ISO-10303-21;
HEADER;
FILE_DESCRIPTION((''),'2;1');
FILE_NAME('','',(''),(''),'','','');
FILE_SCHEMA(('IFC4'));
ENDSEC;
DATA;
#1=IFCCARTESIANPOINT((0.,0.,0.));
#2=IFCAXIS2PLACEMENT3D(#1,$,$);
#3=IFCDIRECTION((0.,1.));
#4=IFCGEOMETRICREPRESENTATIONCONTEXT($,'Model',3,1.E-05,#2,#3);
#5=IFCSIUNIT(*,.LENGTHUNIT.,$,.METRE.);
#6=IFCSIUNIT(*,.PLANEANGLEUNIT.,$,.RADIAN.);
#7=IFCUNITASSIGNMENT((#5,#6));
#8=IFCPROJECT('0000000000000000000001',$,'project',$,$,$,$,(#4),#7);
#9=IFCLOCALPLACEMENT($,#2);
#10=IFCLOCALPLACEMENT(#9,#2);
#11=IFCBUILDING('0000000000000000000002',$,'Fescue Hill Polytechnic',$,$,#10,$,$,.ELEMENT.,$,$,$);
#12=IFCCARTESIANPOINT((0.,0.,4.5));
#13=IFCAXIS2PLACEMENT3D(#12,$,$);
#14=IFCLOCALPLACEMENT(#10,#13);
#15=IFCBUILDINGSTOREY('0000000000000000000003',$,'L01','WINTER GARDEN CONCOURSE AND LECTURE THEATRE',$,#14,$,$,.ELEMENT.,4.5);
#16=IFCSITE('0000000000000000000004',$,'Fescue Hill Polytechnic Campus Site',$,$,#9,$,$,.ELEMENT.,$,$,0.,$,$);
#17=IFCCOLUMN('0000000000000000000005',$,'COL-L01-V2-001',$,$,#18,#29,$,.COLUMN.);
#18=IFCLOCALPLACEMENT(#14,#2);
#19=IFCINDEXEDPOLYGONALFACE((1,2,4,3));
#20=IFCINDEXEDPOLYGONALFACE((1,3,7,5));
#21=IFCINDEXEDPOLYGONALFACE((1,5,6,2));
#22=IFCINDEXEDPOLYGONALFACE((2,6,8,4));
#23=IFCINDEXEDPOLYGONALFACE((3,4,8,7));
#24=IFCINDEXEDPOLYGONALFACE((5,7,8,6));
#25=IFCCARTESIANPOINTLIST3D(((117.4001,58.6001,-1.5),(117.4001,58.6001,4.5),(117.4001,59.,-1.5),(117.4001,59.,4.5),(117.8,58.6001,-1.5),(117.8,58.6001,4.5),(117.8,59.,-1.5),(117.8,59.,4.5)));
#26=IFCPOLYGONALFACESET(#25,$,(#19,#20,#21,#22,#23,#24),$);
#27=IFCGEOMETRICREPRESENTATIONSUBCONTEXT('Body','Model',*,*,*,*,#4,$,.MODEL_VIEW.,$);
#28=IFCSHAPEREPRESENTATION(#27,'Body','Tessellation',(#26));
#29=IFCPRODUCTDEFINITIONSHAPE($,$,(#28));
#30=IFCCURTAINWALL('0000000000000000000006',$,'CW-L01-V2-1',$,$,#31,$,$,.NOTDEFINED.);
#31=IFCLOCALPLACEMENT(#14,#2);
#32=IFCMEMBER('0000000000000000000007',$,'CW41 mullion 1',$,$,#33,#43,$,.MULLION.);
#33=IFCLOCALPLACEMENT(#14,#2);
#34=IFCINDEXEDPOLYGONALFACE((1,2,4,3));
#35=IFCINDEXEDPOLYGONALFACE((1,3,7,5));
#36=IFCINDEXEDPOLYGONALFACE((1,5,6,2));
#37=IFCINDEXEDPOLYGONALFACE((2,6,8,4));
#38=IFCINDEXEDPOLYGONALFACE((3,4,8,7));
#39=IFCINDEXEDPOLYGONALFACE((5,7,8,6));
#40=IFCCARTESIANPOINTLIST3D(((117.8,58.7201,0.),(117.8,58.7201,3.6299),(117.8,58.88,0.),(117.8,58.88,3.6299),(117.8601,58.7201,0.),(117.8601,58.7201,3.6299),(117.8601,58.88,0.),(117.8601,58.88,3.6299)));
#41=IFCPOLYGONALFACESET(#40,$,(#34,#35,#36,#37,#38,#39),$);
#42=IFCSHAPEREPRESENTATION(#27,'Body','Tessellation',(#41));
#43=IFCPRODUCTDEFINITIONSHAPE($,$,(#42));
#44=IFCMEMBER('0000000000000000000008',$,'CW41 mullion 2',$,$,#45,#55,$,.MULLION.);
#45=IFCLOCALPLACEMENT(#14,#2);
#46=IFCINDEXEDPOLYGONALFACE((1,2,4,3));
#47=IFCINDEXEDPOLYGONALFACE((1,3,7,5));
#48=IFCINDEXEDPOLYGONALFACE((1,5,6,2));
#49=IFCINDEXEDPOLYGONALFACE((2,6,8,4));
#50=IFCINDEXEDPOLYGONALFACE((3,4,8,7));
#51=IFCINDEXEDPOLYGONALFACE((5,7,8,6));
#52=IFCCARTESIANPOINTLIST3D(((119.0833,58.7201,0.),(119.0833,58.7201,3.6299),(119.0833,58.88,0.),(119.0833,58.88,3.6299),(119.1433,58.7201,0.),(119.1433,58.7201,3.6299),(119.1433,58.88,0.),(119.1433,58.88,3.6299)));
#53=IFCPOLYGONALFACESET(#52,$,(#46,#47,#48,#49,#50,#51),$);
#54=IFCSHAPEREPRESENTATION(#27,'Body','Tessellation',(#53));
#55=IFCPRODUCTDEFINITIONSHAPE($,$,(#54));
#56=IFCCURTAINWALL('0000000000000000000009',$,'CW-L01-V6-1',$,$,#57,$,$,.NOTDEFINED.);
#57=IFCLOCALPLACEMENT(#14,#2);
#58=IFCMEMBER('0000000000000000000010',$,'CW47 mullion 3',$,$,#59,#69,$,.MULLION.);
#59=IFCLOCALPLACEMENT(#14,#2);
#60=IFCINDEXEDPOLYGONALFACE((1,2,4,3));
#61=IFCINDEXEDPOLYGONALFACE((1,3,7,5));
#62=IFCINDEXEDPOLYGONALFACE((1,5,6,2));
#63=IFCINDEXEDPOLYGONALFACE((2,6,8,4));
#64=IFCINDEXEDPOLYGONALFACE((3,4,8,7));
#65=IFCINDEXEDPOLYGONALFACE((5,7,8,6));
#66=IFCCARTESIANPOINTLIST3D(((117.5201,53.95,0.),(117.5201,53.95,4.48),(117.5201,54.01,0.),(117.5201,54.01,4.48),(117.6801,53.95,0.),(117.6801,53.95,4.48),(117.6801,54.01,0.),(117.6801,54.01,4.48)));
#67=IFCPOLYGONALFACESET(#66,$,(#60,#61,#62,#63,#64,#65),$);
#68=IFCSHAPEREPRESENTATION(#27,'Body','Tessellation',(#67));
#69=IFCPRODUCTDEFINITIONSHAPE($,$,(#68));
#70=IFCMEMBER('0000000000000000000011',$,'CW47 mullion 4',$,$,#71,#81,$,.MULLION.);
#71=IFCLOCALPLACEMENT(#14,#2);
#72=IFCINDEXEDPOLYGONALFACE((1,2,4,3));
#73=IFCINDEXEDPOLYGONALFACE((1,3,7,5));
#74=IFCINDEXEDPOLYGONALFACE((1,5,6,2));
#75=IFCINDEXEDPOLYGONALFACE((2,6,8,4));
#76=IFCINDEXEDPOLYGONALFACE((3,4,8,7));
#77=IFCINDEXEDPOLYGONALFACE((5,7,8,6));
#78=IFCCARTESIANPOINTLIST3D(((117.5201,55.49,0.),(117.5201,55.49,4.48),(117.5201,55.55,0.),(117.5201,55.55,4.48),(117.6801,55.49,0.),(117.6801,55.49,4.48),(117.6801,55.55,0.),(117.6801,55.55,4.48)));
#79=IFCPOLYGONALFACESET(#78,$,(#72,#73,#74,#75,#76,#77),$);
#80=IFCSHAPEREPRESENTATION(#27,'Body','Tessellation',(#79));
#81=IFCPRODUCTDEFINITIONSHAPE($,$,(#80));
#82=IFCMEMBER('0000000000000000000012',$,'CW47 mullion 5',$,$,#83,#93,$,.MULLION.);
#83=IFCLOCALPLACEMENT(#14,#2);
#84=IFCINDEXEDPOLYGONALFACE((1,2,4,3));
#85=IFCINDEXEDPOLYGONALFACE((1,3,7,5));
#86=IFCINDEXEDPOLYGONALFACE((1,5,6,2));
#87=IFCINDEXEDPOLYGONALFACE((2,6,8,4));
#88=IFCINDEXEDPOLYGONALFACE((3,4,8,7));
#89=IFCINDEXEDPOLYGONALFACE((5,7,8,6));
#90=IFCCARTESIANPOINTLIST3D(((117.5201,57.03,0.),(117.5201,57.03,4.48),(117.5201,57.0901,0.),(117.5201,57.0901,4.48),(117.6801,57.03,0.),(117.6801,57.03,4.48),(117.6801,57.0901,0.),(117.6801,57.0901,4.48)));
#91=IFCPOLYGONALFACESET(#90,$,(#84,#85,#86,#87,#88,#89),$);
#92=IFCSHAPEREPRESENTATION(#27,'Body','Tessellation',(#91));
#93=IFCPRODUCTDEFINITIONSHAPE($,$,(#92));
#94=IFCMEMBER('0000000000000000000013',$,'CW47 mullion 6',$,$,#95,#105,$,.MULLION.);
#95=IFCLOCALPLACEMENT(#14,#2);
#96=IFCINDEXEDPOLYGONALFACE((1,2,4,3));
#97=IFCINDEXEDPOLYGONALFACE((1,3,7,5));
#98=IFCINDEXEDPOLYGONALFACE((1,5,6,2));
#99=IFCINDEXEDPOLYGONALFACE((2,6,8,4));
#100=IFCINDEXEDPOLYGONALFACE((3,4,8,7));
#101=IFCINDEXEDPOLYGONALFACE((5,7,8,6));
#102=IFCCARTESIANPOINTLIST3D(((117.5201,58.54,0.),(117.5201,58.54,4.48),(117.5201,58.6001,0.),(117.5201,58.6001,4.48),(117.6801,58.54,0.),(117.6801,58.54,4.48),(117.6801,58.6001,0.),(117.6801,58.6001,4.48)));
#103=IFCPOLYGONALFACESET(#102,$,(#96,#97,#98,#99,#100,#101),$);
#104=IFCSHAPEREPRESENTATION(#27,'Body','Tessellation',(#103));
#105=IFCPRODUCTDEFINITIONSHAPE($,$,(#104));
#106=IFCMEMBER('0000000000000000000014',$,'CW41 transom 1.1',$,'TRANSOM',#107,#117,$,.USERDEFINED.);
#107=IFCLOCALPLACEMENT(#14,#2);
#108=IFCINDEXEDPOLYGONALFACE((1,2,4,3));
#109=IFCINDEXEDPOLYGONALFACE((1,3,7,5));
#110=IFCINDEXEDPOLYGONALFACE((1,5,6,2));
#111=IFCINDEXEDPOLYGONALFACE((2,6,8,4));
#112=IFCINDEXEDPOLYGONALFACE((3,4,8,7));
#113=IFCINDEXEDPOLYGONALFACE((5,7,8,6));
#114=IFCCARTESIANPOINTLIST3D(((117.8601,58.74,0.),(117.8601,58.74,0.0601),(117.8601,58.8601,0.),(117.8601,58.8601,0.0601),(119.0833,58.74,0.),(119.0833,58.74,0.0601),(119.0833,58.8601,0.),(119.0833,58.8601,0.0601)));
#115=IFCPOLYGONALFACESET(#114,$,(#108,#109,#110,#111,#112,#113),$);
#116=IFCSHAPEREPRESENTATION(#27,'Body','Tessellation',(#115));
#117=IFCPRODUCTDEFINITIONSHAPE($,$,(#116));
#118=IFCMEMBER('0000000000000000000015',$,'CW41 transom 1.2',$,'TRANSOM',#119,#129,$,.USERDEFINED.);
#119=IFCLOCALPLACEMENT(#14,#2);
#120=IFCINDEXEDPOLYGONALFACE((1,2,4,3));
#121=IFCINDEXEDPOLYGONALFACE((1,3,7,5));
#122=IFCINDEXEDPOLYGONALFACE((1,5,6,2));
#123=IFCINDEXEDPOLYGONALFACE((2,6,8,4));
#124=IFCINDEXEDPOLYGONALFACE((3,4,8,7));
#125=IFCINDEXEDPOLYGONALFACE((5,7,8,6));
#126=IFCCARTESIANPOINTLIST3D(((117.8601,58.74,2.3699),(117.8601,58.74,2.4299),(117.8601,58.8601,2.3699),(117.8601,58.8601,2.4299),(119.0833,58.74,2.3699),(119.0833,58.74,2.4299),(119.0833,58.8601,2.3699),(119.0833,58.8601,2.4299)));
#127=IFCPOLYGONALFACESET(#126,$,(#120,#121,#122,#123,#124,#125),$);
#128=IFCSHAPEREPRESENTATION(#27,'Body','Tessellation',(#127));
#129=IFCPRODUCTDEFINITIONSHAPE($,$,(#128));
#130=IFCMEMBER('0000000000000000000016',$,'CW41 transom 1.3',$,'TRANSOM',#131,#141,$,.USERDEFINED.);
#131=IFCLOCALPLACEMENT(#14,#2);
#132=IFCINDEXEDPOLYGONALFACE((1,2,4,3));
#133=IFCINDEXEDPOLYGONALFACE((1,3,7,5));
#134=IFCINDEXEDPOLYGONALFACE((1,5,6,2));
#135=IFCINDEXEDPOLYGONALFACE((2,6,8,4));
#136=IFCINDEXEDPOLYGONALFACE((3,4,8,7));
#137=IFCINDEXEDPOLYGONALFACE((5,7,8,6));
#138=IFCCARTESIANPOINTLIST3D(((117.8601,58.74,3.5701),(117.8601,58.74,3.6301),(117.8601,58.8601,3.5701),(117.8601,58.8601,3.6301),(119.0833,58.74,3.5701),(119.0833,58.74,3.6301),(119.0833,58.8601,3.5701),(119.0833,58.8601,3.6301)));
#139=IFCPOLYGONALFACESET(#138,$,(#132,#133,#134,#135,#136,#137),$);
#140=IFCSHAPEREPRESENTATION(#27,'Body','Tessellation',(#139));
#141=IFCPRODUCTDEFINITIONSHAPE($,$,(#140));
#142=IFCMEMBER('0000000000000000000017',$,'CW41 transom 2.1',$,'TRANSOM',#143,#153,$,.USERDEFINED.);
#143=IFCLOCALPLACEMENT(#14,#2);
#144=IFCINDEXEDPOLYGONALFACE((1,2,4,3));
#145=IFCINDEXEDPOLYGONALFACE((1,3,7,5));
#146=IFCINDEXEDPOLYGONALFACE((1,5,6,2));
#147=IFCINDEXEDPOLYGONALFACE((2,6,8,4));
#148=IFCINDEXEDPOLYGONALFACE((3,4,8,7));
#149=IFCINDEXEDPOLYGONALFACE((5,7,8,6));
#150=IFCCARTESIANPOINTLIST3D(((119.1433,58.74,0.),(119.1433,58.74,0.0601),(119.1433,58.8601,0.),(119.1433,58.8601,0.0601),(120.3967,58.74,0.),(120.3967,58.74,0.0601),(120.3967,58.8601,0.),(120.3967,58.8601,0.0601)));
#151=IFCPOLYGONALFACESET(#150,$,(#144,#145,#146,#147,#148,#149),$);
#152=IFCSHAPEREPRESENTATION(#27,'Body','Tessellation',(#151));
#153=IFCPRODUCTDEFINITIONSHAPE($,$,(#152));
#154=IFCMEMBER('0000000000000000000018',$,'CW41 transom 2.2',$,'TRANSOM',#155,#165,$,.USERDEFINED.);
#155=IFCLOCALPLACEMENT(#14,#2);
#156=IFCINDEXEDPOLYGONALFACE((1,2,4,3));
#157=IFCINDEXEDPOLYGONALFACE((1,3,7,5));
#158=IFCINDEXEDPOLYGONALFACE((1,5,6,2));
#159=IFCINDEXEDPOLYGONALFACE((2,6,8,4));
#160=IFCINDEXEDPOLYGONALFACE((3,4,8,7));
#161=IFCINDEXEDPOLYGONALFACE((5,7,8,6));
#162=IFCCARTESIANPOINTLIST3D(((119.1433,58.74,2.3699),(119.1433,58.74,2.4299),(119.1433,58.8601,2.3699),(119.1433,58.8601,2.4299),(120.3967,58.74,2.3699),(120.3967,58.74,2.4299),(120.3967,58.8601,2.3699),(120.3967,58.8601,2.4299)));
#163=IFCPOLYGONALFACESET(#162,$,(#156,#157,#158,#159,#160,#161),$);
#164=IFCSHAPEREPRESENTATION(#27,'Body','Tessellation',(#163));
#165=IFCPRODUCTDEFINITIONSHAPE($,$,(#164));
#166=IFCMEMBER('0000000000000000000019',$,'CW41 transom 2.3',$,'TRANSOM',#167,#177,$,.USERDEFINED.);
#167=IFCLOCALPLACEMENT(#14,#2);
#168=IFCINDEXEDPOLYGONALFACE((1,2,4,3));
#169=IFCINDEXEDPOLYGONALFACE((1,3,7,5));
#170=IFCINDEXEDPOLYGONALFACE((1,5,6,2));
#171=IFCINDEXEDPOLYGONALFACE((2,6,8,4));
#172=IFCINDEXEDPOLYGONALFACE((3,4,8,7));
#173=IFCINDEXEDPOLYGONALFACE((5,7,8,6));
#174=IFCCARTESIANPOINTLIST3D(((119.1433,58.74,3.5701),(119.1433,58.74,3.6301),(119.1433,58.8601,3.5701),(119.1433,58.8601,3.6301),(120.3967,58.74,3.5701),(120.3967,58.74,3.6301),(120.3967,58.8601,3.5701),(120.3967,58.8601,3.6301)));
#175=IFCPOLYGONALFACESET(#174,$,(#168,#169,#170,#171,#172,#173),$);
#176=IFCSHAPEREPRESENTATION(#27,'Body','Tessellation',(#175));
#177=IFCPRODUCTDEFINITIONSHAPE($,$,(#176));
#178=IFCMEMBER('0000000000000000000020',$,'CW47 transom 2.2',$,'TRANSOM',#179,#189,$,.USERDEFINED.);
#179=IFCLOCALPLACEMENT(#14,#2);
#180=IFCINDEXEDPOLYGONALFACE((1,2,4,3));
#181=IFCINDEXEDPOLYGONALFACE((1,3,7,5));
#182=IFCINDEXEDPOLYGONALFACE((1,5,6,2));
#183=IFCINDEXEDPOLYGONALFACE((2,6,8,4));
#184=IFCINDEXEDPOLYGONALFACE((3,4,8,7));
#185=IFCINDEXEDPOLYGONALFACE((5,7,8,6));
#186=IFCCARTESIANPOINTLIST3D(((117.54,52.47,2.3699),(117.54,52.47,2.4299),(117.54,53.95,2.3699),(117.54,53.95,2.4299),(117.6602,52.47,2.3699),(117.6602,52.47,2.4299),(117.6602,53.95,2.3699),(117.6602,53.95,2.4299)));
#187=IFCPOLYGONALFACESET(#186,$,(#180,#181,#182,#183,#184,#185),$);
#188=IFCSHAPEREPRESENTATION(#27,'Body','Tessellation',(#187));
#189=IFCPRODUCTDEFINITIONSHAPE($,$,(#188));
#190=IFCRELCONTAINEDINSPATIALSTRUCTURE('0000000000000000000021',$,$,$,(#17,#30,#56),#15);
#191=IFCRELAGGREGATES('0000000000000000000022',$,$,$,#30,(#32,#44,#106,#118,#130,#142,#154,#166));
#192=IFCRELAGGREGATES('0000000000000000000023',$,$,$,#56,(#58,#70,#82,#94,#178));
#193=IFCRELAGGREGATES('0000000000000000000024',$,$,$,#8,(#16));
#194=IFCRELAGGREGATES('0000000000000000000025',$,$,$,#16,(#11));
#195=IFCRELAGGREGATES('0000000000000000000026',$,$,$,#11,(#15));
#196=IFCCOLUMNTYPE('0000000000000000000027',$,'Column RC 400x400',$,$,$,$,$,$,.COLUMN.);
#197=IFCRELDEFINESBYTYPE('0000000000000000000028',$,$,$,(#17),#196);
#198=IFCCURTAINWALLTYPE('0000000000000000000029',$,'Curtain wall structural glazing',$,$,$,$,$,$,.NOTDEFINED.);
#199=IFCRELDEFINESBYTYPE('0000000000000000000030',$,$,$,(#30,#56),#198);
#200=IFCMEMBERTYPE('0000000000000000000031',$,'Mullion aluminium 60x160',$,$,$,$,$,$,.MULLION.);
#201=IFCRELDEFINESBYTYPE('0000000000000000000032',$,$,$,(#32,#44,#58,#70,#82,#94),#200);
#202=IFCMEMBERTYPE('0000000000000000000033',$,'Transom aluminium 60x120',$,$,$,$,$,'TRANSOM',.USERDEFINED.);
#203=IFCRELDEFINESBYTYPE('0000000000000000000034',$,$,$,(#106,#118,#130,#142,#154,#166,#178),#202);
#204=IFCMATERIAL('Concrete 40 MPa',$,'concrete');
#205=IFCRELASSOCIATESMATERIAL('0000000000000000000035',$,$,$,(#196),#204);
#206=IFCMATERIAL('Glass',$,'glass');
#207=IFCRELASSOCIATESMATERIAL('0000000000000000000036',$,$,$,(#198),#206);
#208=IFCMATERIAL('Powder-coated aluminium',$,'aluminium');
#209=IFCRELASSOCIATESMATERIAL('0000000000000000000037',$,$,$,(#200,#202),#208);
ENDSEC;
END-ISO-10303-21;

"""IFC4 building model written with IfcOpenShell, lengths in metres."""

from ifc_helpers import new_model, si_unit, direction, frame, origin, origin_2d, place, context, subcontext, project, spatial, rectangle, extrude, material, material_profile, profile_set, type_object, element, aggregate, save


model = new_model("IFC4")

# Units and contexts
model_context = context("Model", 3, precision=1e-05, world=origin(), true_north=direction((0.0, 1.0)))
body_context = subcontext(model_context, "Body", "Model", "MODEL_VIEW")
ifc_project = project(units=[si_unit("LENGTHUNIT", "METRE"), si_unit("PLANEANGLEUNIT", "RADIAN")], contexts=[model_context])

# Site, building, storey
site_placement = place(None, origin())
site = spatial("IfcSite", under=ifc_project, at=site_placement, Name="Fescue Hill Polytechnic Campus Site", CompositionType="ELEMENT", RefElevation=0.0)
building_placement = place(site_placement, origin())
building = spatial("IfcBuilding", under=site, at=building_placement, Name="Fescue Hill Polytechnic", CompositionType="ELEMENT")
storey_placement = place(building_placement, frame((0.0, 0.0, 4.5)))
storey = spatial("IfcBuildingStorey", under=building, at=storey_placement, Name="L01", Description="WINTER GARDEN CONCOURSE AND LECTURE THEATRE", CompositionType="ELEMENT", Elevation=4.5)

# Column
ifc_material_1 = material(Name="Concrete 40 MPa", Category="concrete")
ifc_material_profile_1 = material_profile(ifc_material_1, rectangle(XDim=0.3999, YDim=0.3999, at=origin_2d()), Name="RC 400x400")
ifc_profile_set_1 = profile_set([ifc_material_profile_1], Name="Concrete 40 MPa")
column_type = type_object("IfcColumnType", Name="Column RC 400x400", PredefinedType="COLUMN", material=ifc_profile_set_1)
column_placement = place(storey_placement, frame((117.6001, 58.8, -1.5), z_axis=(0.0, 0.0, 1.0), x_axis=(1.0, 0.0, 0.0)))
element("IfcColumn", 1, at=column_placement, inside=storey, type_object=column_type, Name="COL-L01-V2-001", PredefinedType="COLUMN", context=body_context, shape_type="SweptSolid", body=[
    extrude(rectangle(XDim=0.3999, YDim=0.3999, at=origin_2d()), origin(), (0.0, 0.0, 1.0), 6.0),
])

# Curtain walls, members
ifc_material_2 = material(Name="Glass", Category="glass")
curtain_wall_type = type_object("IfcCurtainWallType", Name="Curtain wall structural glazing", PredefinedType="NOTDEFINED", material=ifc_material_2)
curtain_wall_1_placement = place(storey_placement, origin())
curtain_wall_1 = element("IfcCurtainWall", 2, at=curtain_wall_1_placement, inside=storey, type_object=curtain_wall_type, Name="CW-L01-V2-1", PredefinedType="NOTDEFINED")
ifc_material_3 = material(Name="Powder-coated aluminium", Category="aluminium")
ifc_material_profile_2 = material_profile(ifc_material_3, rectangle(XDim=0.1599, YDim=0.0601, at=origin_2d()), Name="Mullion aluminium 60x160")
ifc_profile_set_2 = profile_set([ifc_material_profile_2], Name="Powder-coated aluminium")
member_type_1 = type_object("IfcMemberType", Name="Mullion aluminium 60x160", PredefinedType="MULLION", material=ifc_profile_set_2)
member_1_placement = place(storey_placement, frame((117.8301, 58.8, 0.0), z_axis=(0.0, 0.0, 1.0), x_axis=(0.0, 1.0, 0.0)))
member_1 = element("IfcMember", 3, at=member_1_placement, type_object=member_type_1, Name="CW41 mullion 1", PredefinedType="MULLION", context=body_context, shape_type="SweptSolid", body=[
    extrude(rectangle(XDim=0.1599, YDim=0.0601, at=origin_2d()), origin(), (0.0, 0.0, 1.0), 3.6299),
])
member_2_placement = place(storey_placement, frame((119.1133, 58.8, 0.0), z_axis=(0.0, 0.0, 1.0), x_axis=(0.0, 1.0, 0.0)))
member_2 = element("IfcMember", 4, at=member_2_placement, type_object=member_type_1, Name="CW41 mullion 2", PredefinedType="MULLION", context=body_context, shape_type="SweptSolid", body=[
    extrude(rectangle(XDim=0.1599, YDim=0.0601, at=origin_2d()), origin(), (0.0, 0.0, 1.0), 3.6299),
])
curtain_wall_2_placement = place(storey_placement, origin())
curtain_wall_2 = element("IfcCurtainWall", 5, at=curtain_wall_2_placement, inside=storey, type_object=curtain_wall_type, Name="CW-L01-V6-1", PredefinedType="NOTDEFINED")
member_3_placement = place(storey_placement, frame((117.6001, 53.98, 0.0), z_axis=(0.0, 0.0, 1.0), x_axis=(-1.0, 0.0, 0.0)))
member_3 = element("IfcMember", 6, at=member_3_placement, type_object=member_type_1, Name="CW47 mullion 3", PredefinedType="MULLION", context=body_context, shape_type="SweptSolid", body=[
    extrude(rectangle(XDim=0.1599, YDim=0.0601, at=origin_2d()), origin(), (0.0, 0.0, 1.0), 4.48),
])
member_4_placement = place(storey_placement, frame((117.6001, 55.52, 0.0), z_axis=(0.0, 0.0, 1.0), x_axis=(-1.0, 0.0, 0.0)))
member_4 = element("IfcMember", 7, at=member_4_placement, type_object=member_type_1, Name="CW47 mullion 4", PredefinedType="MULLION", context=body_context, shape_type="SweptSolid", body=[
    extrude(rectangle(XDim=0.1599, YDim=0.0601, at=origin_2d()), origin(), (0.0, 0.0, 1.0), 4.48),
])
member_5_placement = place(storey_placement, frame((117.6001, 57.0601, 0.0), z_axis=(0.0, 0.0, 1.0), x_axis=(-1.0, 0.0, 0.0)))
member_5 = element("IfcMember", 8, at=member_5_placement, type_object=member_type_1, Name="CW47 mullion 5", PredefinedType="MULLION", context=body_context, shape_type="SweptSolid", body=[
    extrude(rectangle(XDim=0.1599, YDim=0.0601, at=origin_2d()), origin(), (0.0, 0.0, 1.0), 4.48),
])
member_6_placement = place(storey_placement, frame((117.6001, 58.5701, 0.0), z_axis=(0.0, 0.0, 1.0), x_axis=(-1.0, 0.0, 0.0)))
member_6 = element("IfcMember", 9, at=member_6_placement, type_object=member_type_1, Name="CW47 mullion 6", PredefinedType="MULLION", context=body_context, shape_type="SweptSolid", body=[
    extrude(rectangle(XDim=0.1599, YDim=0.0601, at=origin_2d()), origin(), (0.0, 0.0, 1.0), 4.48),
])

# Members
ifc_material_profile_3 = material_profile(ifc_material_3, rectangle(XDim=0.1201, YDim=0.0601, at=origin_2d()), Name="Transom aluminium 60x120")
ifc_profile_set_3 = profile_set([ifc_material_profile_3], Name="Powder-coated aluminium")
member_type_2 = type_object("IfcMemberType", Name="Transom aluminium 60x120", ElementType="TRANSOM", PredefinedType="USERDEFINED", material=ifc_profile_set_3)
member_7_placement = place(storey_placement, frame((117.8601, 58.8, 0.03), z_axis=(1.0, 0.0, 0.0), x_axis=(0.0, 1.0, 0.0)))
member_7 = element("IfcMember", 10, at=member_7_placement, type_object=member_type_2, Name="CW41 transom 1.1", ObjectType="TRANSOM", PredefinedType="USERDEFINED", context=body_context, shape_type="SweptSolid", body=[
    extrude(rectangle(XDim=0.1201, YDim=0.0601, at=origin_2d()), origin(), (0.0, 0.0, 1.0), 1.2231),
])
member_8_placement = place(storey_placement, frame((117.8601, 58.8, 2.3999), z_axis=(1.0, 0.0, 0.0), x_axis=(0.0, 1.0, 0.0)))
member_8 = element("IfcMember", 11, at=member_8_placement, type_object=member_type_2, Name="CW41 transom 1.2", ObjectType="TRANSOM", PredefinedType="USERDEFINED", context=body_context, shape_type="SweptSolid", body=[
    extrude(rectangle(XDim=0.1201, YDim=0.0601, at=origin_2d()), origin(), (0.0, 0.0, 1.0), 1.2231),
])
member_9_placement = place(storey_placement, frame((117.8601, 58.8, 3.6001), z_axis=(1.0, 0.0, 0.0), x_axis=(0.0, 1.0, 0.0)))
member_9 = element("IfcMember", 12, at=member_9_placement, type_object=member_type_2, Name="CW41 transom 1.3", ObjectType="TRANSOM", PredefinedType="USERDEFINED", context=body_context, shape_type="SweptSolid", body=[
    extrude(rectangle(XDim=0.1201, YDim=0.0601, at=origin_2d()), origin(), (0.0, 0.0, 1.0), 1.2231),
])
member_10_placement = place(storey_placement, frame((119.1433, 58.8, 0.03), z_axis=(1.0, 0.0, 0.0), x_axis=(0.0, 1.0, 0.0)))
member_10 = element("IfcMember", 13, at=member_10_placement, type_object=member_type_2, Name="CW41 transom 2.1", ObjectType="TRANSOM", PredefinedType="USERDEFINED", context=body_context, shape_type="SweptSolid", body=[
    extrude(rectangle(XDim=0.1201, YDim=0.0601, at=origin_2d()), origin(), (0.0, 0.0, 1.0), 1.2534),
])
member_11_placement = place(storey_placement, frame((119.1433, 58.8, 2.3999), z_axis=(1.0, 0.0, 0.0), x_axis=(0.0, 1.0, 0.0)))
member_11 = element("IfcMember", 14, at=member_11_placement, type_object=member_type_2, Name="CW41 transom 2.2", ObjectType="TRANSOM", PredefinedType="USERDEFINED", context=body_context, shape_type="SweptSolid", body=[
    extrude(rectangle(XDim=0.1201, YDim=0.0601, at=origin_2d()), origin(), (0.0, 0.0, 1.0), 1.2534),
])
member_12_placement = place(storey_placement, frame((119.1433, 58.8, 3.6001), z_axis=(1.0, 0.0, 0.0), x_axis=(0.0, 1.0, 0.0)))
member_12 = element("IfcMember", 15, at=member_12_placement, type_object=member_type_2, Name="CW41 transom 2.3", ObjectType="TRANSOM", PredefinedType="USERDEFINED", context=body_context, shape_type="SweptSolid", body=[
    extrude(rectangle(XDim=0.1201, YDim=0.0601, at=origin_2d()), origin(), (0.0, 0.0, 1.0), 1.2534),
])
member_13_placement = place(storey_placement, frame((117.6001, 52.47, 2.3999), z_axis=(0.0, 1.0, 0.0), x_axis=(-1.0, 0.0, 0.0)))
member_13 = element("IfcMember", 16, at=member_13_placement, type_object=member_type_2, Name="CW47 transom 2.2", ObjectType="TRANSOM", PredefinedType="USERDEFINED", context=body_context, shape_type="SweptSolid", body=[
    extrude(rectangle(XDim=0.1201, YDim=0.0601, at=origin_2d()), origin(), (0.0, 0.0, 1.0), 1.48),
])

aggregate(curtain_wall_1, [member_1, member_2, member_7, member_8, member_9, member_10, member_11, member_12])
aggregate(curtain_wall_2, [member_3, member_4, member_5, member_6, member_13])

save(model, "model.ifc")
